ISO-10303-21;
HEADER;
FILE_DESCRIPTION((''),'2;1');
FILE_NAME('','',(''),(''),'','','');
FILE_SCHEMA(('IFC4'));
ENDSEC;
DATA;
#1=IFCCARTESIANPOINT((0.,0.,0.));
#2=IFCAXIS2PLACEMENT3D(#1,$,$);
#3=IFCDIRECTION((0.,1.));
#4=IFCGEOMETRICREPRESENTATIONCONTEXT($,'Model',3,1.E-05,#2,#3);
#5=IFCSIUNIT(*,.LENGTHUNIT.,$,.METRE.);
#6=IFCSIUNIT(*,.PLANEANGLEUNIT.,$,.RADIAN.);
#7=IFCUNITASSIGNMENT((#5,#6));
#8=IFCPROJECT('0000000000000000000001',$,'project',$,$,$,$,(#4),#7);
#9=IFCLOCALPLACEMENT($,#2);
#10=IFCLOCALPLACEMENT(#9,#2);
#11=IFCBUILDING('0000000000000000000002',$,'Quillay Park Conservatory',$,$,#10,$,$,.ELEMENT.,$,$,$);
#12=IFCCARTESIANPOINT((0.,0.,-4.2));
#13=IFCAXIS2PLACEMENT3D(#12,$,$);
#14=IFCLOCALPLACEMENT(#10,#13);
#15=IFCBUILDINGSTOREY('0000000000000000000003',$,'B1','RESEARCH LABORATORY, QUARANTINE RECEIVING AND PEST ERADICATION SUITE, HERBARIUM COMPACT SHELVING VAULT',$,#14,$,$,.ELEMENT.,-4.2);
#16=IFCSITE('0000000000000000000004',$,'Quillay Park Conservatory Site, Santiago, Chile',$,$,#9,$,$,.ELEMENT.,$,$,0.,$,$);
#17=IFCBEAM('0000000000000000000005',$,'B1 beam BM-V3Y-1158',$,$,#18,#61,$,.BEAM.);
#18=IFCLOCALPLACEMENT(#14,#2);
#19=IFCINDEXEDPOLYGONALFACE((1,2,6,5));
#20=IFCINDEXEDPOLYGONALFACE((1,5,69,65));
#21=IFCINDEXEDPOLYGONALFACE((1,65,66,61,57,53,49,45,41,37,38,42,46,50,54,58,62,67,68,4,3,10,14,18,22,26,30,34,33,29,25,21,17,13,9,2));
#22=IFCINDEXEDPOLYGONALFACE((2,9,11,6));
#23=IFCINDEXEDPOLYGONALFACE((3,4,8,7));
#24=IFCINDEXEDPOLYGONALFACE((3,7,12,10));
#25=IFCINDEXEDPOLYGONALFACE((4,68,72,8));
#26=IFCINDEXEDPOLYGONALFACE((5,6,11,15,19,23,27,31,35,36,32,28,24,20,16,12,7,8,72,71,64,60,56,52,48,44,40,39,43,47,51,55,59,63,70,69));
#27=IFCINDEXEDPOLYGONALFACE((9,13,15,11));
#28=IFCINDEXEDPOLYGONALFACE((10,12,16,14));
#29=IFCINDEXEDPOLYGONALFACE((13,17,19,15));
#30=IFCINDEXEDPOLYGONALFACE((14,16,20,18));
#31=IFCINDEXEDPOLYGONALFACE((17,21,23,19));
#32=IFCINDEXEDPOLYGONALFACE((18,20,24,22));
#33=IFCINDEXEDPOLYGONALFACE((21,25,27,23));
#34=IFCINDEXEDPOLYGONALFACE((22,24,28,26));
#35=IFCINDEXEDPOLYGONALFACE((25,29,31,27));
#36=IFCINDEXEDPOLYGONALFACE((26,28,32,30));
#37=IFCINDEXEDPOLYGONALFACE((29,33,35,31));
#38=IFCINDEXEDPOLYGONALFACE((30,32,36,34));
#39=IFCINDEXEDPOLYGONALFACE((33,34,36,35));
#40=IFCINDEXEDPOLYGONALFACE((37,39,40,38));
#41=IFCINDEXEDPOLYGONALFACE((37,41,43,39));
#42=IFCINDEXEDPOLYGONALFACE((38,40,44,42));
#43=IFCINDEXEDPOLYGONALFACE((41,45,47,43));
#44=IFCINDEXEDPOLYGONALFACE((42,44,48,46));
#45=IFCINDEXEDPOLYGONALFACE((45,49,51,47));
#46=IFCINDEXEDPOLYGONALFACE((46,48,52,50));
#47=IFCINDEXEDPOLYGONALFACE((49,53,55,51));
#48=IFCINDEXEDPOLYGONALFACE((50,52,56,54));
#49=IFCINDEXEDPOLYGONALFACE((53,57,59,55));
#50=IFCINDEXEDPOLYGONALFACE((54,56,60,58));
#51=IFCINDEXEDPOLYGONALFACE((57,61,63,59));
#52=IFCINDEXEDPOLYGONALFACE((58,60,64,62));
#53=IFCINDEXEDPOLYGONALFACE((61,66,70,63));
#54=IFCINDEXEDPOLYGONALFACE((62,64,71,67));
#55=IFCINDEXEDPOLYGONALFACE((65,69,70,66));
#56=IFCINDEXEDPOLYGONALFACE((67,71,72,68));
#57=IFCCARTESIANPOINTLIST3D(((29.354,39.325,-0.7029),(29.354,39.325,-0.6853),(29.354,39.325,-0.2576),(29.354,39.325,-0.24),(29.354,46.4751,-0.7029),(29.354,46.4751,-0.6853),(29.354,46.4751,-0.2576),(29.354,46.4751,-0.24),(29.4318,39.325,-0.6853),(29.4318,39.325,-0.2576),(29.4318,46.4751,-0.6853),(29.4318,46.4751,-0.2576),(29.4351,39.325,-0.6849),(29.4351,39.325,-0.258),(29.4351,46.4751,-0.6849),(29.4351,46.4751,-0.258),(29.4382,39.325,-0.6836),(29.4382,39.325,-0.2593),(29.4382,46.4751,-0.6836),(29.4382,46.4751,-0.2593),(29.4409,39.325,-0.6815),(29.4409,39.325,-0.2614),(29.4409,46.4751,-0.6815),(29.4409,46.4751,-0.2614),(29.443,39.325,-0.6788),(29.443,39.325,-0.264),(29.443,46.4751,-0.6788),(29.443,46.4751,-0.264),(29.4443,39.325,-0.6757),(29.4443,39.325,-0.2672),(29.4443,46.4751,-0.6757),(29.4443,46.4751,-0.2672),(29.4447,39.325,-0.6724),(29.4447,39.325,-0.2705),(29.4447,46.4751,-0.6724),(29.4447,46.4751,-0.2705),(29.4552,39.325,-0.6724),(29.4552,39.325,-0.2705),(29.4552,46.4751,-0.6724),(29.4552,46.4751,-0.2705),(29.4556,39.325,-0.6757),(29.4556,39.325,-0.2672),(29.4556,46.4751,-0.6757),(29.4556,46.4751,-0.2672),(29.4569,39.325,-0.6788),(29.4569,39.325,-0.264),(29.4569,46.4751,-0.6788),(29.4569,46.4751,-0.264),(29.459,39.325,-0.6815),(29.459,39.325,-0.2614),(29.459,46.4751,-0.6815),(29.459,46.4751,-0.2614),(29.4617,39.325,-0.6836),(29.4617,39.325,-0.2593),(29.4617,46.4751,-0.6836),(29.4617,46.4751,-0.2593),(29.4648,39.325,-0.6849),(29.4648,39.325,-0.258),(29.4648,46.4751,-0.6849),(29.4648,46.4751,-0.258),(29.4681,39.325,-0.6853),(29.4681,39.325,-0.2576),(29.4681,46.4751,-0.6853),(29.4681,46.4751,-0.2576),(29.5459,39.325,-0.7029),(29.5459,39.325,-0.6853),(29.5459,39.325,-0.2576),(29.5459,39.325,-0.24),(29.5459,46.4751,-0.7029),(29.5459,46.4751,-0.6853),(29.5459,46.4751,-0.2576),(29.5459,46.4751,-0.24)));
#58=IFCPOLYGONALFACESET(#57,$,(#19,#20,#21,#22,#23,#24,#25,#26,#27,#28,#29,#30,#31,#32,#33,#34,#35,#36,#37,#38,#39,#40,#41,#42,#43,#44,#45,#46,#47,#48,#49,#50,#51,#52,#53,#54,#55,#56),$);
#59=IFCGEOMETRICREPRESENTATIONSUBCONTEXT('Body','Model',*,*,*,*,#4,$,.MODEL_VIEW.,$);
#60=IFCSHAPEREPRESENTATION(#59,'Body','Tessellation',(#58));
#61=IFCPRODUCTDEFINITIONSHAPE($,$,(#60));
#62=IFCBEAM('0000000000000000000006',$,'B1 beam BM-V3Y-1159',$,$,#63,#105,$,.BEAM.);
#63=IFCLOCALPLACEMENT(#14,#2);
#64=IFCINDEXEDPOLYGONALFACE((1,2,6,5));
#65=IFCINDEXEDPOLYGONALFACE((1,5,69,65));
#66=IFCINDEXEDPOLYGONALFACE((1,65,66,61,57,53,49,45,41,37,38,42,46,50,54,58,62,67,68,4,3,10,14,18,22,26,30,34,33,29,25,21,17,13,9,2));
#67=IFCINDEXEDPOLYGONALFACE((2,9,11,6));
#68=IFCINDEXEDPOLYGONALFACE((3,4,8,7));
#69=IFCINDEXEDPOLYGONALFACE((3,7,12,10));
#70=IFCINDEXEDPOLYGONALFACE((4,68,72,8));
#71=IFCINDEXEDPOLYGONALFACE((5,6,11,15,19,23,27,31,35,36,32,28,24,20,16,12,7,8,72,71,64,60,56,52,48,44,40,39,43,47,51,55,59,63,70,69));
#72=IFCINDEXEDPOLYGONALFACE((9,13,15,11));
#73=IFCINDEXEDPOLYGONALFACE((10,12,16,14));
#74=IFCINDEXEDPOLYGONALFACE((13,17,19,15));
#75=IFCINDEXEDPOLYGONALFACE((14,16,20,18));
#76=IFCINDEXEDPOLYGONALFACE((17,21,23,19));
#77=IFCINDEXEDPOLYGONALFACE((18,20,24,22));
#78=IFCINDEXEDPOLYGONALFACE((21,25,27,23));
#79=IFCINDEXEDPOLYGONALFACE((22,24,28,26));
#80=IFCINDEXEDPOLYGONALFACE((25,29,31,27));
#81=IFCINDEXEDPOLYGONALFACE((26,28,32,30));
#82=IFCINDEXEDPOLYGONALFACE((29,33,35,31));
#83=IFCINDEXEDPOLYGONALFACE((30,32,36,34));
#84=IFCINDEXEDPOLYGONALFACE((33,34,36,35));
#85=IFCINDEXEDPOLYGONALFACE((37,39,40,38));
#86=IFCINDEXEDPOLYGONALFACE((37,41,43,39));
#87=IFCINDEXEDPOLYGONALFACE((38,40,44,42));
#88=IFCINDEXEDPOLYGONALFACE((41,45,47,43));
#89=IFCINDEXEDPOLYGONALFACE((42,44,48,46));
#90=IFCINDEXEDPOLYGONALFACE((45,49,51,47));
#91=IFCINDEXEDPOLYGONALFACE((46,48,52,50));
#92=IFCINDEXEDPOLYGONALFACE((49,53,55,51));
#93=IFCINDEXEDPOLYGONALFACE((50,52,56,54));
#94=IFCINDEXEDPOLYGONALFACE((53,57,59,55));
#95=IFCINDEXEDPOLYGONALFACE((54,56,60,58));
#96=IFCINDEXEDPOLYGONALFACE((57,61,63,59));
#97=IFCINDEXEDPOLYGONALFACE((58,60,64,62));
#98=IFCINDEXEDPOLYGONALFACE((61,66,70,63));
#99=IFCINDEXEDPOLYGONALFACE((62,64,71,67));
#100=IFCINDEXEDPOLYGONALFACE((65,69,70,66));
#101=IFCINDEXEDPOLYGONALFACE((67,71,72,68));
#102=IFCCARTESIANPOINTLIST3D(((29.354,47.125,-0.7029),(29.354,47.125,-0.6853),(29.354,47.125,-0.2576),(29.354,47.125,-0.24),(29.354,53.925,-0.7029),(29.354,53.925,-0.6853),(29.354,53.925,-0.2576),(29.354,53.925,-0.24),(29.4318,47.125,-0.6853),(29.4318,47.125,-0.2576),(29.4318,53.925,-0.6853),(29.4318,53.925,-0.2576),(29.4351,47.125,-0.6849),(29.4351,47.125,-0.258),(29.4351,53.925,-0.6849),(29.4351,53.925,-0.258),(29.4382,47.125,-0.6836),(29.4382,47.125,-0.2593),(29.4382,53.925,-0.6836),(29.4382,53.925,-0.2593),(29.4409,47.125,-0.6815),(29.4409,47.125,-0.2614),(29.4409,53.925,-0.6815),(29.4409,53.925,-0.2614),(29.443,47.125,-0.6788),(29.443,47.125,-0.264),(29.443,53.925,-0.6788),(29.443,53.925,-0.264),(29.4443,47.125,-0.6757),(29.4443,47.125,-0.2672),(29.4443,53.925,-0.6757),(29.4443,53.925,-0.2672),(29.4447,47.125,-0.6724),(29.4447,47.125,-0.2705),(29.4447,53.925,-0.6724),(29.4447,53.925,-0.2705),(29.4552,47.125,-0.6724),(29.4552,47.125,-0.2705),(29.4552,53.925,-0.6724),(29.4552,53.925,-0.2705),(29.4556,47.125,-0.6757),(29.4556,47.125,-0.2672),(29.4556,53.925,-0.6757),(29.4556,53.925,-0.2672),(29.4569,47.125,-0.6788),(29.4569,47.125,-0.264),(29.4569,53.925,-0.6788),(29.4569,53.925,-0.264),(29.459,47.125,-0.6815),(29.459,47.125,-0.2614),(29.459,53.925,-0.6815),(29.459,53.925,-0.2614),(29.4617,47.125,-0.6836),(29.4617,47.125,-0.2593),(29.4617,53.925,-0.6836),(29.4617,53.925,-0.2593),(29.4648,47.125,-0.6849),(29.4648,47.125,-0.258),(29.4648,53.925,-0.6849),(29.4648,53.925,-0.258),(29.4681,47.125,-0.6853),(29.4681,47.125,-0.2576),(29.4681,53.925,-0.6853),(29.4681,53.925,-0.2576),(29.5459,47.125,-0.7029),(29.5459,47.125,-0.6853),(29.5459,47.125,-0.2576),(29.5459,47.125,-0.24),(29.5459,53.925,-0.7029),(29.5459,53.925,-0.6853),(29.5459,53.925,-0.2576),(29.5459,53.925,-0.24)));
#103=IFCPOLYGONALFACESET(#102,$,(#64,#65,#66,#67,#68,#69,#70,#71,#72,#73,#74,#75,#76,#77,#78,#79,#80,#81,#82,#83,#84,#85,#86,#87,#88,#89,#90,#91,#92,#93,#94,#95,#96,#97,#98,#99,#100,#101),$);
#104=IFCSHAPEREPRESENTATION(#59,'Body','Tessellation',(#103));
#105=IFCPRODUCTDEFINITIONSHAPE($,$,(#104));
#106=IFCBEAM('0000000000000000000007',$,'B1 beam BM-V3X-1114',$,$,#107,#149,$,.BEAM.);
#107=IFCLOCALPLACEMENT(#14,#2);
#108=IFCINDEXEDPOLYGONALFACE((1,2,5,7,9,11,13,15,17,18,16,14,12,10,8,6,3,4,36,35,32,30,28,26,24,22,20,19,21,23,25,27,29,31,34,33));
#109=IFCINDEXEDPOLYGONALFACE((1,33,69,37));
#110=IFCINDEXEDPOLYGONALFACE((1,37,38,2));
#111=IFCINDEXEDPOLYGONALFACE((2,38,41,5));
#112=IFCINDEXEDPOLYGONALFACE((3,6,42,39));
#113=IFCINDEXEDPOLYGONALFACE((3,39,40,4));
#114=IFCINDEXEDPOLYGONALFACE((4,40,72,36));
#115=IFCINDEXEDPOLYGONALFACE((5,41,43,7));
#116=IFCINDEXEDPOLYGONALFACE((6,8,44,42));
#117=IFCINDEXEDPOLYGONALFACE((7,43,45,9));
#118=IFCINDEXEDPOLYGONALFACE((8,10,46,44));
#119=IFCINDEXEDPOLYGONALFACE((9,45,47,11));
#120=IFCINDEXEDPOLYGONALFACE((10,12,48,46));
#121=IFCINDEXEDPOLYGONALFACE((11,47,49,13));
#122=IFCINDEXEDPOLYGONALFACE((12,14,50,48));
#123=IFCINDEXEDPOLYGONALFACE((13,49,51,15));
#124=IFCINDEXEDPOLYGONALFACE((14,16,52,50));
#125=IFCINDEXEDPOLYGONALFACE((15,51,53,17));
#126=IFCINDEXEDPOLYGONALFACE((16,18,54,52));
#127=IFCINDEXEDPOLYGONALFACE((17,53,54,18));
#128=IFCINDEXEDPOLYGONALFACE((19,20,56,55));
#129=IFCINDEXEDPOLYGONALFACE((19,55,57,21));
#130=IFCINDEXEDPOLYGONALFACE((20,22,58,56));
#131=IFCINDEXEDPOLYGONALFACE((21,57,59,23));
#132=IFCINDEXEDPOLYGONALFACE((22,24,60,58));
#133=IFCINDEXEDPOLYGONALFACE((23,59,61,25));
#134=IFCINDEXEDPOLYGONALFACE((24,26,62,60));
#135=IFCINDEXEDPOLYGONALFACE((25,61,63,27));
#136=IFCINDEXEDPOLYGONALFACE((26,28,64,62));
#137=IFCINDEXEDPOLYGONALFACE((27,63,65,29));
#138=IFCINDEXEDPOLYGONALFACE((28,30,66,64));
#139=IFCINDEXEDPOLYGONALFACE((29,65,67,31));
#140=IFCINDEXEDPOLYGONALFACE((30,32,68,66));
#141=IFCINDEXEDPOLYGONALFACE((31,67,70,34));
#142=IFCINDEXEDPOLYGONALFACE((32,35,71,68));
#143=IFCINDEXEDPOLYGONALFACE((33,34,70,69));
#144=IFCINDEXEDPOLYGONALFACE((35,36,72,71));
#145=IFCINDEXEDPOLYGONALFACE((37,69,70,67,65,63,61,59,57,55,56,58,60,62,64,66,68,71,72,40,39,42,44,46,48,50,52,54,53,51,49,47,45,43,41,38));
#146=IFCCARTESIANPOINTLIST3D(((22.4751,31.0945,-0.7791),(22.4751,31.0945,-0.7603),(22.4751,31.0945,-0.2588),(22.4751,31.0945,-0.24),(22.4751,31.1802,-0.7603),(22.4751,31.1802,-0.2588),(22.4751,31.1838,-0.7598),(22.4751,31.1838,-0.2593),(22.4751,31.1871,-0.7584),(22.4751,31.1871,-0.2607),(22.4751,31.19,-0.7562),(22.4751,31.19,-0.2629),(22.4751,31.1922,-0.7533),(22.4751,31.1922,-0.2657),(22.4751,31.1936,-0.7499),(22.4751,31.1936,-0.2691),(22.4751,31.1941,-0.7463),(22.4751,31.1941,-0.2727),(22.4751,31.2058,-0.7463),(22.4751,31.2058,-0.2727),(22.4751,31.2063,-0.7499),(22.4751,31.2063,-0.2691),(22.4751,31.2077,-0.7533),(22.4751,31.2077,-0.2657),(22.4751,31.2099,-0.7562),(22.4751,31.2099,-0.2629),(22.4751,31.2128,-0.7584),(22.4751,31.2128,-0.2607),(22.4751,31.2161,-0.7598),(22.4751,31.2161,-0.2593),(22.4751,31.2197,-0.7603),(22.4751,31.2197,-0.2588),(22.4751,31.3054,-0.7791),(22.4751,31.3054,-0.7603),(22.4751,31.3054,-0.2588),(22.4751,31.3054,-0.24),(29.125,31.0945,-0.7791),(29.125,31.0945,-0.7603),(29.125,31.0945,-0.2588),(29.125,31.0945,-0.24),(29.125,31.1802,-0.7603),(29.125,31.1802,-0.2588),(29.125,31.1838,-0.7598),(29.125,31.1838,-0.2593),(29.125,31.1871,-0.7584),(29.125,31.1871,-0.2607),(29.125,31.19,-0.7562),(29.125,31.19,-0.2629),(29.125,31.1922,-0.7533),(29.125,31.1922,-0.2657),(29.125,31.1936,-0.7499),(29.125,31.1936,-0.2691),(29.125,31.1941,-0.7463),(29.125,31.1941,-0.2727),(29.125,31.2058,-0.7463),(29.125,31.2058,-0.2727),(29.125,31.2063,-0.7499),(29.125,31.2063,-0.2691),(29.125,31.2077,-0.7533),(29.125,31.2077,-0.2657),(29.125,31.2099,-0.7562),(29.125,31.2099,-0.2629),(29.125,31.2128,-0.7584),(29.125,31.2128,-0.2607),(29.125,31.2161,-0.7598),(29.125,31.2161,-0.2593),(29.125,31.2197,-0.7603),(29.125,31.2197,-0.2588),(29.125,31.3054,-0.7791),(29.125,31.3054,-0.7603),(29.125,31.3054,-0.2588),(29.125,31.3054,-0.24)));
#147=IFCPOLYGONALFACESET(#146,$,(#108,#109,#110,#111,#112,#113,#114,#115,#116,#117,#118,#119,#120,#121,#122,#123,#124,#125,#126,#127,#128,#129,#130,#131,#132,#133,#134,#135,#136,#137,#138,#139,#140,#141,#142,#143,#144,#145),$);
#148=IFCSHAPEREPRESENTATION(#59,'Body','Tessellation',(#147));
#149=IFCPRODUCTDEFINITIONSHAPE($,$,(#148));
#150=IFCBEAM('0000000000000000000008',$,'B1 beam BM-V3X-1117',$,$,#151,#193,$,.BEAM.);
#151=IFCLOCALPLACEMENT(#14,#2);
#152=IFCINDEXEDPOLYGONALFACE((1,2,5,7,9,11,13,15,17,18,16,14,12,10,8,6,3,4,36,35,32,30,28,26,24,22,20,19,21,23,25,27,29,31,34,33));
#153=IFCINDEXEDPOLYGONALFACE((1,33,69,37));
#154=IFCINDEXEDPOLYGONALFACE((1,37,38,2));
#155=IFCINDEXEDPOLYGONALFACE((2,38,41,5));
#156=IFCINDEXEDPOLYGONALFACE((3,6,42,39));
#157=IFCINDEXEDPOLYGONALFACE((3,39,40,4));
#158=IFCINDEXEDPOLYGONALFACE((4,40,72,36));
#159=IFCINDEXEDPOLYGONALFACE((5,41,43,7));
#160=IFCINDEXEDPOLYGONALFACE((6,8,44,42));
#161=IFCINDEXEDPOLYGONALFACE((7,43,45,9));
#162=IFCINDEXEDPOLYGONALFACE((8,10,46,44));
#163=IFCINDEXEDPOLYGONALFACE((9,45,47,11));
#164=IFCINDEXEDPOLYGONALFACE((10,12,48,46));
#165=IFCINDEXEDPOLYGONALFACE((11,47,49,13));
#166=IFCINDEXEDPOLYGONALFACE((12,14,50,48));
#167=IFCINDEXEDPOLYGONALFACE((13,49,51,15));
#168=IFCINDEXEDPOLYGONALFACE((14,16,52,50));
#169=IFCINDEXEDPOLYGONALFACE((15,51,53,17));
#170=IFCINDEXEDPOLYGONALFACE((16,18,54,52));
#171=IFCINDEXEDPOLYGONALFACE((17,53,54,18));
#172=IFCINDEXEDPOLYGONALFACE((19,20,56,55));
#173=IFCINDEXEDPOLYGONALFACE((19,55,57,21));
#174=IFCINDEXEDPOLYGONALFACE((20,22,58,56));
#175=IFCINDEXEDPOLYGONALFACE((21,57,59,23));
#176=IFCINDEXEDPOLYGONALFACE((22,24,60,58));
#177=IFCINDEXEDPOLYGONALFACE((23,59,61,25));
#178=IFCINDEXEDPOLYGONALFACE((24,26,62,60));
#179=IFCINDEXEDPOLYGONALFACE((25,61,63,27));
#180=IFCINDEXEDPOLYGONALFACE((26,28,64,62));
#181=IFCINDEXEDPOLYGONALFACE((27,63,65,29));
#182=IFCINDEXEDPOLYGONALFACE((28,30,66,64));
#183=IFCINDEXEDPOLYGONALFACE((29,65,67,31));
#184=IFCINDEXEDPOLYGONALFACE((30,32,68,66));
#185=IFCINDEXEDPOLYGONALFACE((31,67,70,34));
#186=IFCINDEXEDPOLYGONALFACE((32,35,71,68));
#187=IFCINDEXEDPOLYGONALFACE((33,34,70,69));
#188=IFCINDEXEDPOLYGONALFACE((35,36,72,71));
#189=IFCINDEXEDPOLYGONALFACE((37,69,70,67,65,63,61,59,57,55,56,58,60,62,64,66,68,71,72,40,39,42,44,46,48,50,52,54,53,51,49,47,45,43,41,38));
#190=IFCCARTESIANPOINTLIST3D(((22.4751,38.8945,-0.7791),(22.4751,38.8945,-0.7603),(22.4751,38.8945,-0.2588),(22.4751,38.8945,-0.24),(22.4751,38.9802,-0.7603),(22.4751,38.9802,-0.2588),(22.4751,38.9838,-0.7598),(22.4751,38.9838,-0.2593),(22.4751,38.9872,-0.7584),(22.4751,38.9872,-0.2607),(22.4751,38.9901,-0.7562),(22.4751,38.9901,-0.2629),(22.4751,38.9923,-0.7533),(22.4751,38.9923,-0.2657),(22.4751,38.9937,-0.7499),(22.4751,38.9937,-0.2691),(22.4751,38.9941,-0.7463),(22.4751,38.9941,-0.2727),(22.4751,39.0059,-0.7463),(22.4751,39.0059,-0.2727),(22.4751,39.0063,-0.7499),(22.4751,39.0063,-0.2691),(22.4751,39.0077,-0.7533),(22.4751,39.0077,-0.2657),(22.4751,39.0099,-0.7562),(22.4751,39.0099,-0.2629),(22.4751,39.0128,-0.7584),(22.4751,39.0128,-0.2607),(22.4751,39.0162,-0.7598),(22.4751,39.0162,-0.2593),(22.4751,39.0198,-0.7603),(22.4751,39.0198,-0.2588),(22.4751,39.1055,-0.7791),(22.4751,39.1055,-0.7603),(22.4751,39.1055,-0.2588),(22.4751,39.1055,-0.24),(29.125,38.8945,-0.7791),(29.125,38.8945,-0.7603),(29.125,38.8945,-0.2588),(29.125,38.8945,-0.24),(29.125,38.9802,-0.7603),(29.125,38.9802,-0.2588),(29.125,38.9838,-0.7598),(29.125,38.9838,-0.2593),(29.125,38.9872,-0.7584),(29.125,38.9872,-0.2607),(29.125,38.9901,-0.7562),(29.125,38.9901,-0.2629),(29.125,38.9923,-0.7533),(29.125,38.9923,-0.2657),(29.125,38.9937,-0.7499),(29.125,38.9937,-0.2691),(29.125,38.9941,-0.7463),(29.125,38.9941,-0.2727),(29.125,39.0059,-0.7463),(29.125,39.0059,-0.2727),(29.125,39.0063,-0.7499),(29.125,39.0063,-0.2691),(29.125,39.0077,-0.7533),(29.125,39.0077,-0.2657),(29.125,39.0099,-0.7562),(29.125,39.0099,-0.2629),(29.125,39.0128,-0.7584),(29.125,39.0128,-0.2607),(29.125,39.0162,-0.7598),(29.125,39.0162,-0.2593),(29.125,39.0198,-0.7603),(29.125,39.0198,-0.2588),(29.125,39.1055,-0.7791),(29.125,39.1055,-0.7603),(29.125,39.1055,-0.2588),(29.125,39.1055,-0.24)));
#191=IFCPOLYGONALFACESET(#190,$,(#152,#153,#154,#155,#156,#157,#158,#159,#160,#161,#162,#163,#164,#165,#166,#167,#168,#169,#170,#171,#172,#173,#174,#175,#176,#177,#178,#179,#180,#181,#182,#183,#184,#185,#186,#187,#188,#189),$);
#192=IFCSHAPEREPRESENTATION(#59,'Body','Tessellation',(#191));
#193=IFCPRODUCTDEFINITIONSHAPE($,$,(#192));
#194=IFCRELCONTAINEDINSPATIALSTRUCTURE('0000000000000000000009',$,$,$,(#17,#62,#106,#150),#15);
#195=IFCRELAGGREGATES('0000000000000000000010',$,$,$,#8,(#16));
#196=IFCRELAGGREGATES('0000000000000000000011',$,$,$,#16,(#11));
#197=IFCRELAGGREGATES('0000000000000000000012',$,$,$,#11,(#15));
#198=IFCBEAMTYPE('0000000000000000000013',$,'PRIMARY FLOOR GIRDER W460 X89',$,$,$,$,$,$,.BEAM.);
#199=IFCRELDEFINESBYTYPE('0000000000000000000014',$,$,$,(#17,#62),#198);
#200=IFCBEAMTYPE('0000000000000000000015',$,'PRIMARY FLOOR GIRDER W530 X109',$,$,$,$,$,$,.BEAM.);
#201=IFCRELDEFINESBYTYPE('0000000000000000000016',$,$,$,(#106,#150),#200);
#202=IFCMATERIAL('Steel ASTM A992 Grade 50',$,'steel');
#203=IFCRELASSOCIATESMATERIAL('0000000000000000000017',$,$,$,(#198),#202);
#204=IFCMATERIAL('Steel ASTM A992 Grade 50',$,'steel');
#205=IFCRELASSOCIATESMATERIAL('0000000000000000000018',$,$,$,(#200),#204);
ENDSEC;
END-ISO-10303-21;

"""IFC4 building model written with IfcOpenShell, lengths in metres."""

from ifc_helpers import new_model, si_unit, direction, frame, origin, origin_2d, place, context, subcontext, project, spatial, i_section, extrude, material, material_profile, profile_set, type_object, element, save


model = new_model("IFC4")

# Units and contexts
model_context = context("Model", 3, precision=1e-05, world=origin(), true_north=direction((0.0, 1.0)))
body_context = subcontext(model_context, "Body", "Model", "MODEL_VIEW")
ifc_project = project(units=[si_unit("LENGTHUNIT", "METRE"), si_unit("PLANEANGLEUNIT", "RADIAN")], contexts=[model_context])

# Site, building, storey
site_placement = place(None, origin())
site = spatial("IfcSite", under=ifc_project, at=site_placement, Name="Quillay Park Conservatory Site, Santiago, Chile", CompositionType="ELEMENT", RefElevation=0.0)
building_placement = place(site_placement, origin())
building = spatial("IfcBuilding", under=site, at=building_placement, Name="Quillay Park Conservatory", CompositionType="ELEMENT")
storey_placement = place(building_placement, frame((0.0, 0.0, -4.2)))
storey = spatial("IfcBuildingStorey", under=building, at=storey_placement, Name="B1", Description="RESEARCH LABORATORY, QUARANTINE RECEIVING AND PEST ERADICATION SUITE, HERBARIUM COMPACT SHELVING VAULT", CompositionType="ELEMENT", Elevation=-4.2)

# Beams
ifc_material_1 = material(Name="Steel ASTM A992 Grade 50", Category="steel")
ifc_material_profile_1 = material_profile(ifc_material_1, i_section(OverallWidth=0.1919, OverallDepth=0.4629, WebThickness=0.0105, FlangeThickness=0.0176, FilletRadius=0.0129, at=origin_2d()), Name="W460x89")
ifc_profile_set_1 = profile_set([ifc_material_profile_1], Name="Steel ASTM A992 Grade 50")
beam_type_1 = type_object("IfcBeamType", Name="PRIMARY FLOOR GIRDER W460 X89", PredefinedType="BEAM", material=ifc_profile_set_1)
for number, where, z_axis, x_axis, name in (
    (1, (29.45, 39.325, -0.4714), (0.0, 1.0, 0.0), (-1.0, 0.0, 0.0), "B1 beam BM-V3Y-1158"),
):
    element("IfcBeam", number, at=place(storey_placement, frame(where, z_axis=z_axis, x_axis=x_axis)), inside=storey, type_object=beam_type_1, Name=name, PredefinedType="BEAM", context=body_context, shape_type="SweptSolid", body=[
        extrude(i_section(OverallWidth=0.1919, OverallDepth=0.4629, WebThickness=0.0105, FlangeThickness=0.0176, FilletRadius=0.0129, at=origin_2d()), origin(), (0.0, 0.0, 1.0), 7.1501),
    ])
beam_1_placement = place(storey_placement, frame((29.45, 47.125, -0.4714), z_axis=(0.0, 1.0, 0.0), x_axis=(-1.0, 0.0, 0.0)))
element("IfcBeam", 2, at=beam_1_placement, inside=storey, type_object=beam_type_1, Name="B1 beam BM-V3Y-1159", PredefinedType="BEAM", context=body_context, shape_type="SweptSolid", body=[
    extrude(i_section(OverallWidth=0.1919, OverallDepth=0.4629, WebThickness=0.0105, FlangeThickness=0.0176, FilletRadius=0.0129, at=origin_2d()), origin(), (0.0, 0.0, 1.0), 6.8),
])
ifc_material_2 = material(Name="Steel ASTM A992 Grade 50", Category="steel")
ifc_material_profile_2 = material_profile(ifc_material_2, i_section(OverallWidth=0.2109, OverallDepth=0.5391, WebThickness=0.0117, FlangeThickness=0.0188, FilletRadius=0.0139, at=origin_2d()), Name="W530x109")
ifc_profile_set_2 = profile_set([ifc_material_profile_2], Name="Steel ASTM A992 Grade 50")
beam_type_2 = type_object("IfcBeamType", Name="PRIMARY FLOOR GIRDER W530 X109", PredefinedType="BEAM", material=ifc_profile_set_2)
for number, where, z_axis, x_axis, name in (
    (3, (22.4751, 31.2, -0.5095), (1.0, 0.0, 0.0), (0.0, 1.0, 0.0), "B1 beam BM-V3X-1114"),
    (4, (22.4751, 39.0, -0.5095), (1.0, 0.0, 0.0), (0.0, 1.0, 0.0), "B1 beam BM-V3X-1117"),
):
    element("IfcBeam", number, at=place(storey_placement, frame(where, z_axis=z_axis, x_axis=x_axis)), inside=storey, type_object=beam_type_2, Name=name, PredefinedType="BEAM", context=body_context, shape_type="SweptSolid", body=[
        extrude(i_section(OverallWidth=0.2109, OverallDepth=0.5391, WebThickness=0.0117, FlangeThickness=0.0188, FilletRadius=0.0139, at=origin_2d()), origin(), (0.0, 0.0, 1.0), 6.6499),
    ])

save(model, "model.ifc")
